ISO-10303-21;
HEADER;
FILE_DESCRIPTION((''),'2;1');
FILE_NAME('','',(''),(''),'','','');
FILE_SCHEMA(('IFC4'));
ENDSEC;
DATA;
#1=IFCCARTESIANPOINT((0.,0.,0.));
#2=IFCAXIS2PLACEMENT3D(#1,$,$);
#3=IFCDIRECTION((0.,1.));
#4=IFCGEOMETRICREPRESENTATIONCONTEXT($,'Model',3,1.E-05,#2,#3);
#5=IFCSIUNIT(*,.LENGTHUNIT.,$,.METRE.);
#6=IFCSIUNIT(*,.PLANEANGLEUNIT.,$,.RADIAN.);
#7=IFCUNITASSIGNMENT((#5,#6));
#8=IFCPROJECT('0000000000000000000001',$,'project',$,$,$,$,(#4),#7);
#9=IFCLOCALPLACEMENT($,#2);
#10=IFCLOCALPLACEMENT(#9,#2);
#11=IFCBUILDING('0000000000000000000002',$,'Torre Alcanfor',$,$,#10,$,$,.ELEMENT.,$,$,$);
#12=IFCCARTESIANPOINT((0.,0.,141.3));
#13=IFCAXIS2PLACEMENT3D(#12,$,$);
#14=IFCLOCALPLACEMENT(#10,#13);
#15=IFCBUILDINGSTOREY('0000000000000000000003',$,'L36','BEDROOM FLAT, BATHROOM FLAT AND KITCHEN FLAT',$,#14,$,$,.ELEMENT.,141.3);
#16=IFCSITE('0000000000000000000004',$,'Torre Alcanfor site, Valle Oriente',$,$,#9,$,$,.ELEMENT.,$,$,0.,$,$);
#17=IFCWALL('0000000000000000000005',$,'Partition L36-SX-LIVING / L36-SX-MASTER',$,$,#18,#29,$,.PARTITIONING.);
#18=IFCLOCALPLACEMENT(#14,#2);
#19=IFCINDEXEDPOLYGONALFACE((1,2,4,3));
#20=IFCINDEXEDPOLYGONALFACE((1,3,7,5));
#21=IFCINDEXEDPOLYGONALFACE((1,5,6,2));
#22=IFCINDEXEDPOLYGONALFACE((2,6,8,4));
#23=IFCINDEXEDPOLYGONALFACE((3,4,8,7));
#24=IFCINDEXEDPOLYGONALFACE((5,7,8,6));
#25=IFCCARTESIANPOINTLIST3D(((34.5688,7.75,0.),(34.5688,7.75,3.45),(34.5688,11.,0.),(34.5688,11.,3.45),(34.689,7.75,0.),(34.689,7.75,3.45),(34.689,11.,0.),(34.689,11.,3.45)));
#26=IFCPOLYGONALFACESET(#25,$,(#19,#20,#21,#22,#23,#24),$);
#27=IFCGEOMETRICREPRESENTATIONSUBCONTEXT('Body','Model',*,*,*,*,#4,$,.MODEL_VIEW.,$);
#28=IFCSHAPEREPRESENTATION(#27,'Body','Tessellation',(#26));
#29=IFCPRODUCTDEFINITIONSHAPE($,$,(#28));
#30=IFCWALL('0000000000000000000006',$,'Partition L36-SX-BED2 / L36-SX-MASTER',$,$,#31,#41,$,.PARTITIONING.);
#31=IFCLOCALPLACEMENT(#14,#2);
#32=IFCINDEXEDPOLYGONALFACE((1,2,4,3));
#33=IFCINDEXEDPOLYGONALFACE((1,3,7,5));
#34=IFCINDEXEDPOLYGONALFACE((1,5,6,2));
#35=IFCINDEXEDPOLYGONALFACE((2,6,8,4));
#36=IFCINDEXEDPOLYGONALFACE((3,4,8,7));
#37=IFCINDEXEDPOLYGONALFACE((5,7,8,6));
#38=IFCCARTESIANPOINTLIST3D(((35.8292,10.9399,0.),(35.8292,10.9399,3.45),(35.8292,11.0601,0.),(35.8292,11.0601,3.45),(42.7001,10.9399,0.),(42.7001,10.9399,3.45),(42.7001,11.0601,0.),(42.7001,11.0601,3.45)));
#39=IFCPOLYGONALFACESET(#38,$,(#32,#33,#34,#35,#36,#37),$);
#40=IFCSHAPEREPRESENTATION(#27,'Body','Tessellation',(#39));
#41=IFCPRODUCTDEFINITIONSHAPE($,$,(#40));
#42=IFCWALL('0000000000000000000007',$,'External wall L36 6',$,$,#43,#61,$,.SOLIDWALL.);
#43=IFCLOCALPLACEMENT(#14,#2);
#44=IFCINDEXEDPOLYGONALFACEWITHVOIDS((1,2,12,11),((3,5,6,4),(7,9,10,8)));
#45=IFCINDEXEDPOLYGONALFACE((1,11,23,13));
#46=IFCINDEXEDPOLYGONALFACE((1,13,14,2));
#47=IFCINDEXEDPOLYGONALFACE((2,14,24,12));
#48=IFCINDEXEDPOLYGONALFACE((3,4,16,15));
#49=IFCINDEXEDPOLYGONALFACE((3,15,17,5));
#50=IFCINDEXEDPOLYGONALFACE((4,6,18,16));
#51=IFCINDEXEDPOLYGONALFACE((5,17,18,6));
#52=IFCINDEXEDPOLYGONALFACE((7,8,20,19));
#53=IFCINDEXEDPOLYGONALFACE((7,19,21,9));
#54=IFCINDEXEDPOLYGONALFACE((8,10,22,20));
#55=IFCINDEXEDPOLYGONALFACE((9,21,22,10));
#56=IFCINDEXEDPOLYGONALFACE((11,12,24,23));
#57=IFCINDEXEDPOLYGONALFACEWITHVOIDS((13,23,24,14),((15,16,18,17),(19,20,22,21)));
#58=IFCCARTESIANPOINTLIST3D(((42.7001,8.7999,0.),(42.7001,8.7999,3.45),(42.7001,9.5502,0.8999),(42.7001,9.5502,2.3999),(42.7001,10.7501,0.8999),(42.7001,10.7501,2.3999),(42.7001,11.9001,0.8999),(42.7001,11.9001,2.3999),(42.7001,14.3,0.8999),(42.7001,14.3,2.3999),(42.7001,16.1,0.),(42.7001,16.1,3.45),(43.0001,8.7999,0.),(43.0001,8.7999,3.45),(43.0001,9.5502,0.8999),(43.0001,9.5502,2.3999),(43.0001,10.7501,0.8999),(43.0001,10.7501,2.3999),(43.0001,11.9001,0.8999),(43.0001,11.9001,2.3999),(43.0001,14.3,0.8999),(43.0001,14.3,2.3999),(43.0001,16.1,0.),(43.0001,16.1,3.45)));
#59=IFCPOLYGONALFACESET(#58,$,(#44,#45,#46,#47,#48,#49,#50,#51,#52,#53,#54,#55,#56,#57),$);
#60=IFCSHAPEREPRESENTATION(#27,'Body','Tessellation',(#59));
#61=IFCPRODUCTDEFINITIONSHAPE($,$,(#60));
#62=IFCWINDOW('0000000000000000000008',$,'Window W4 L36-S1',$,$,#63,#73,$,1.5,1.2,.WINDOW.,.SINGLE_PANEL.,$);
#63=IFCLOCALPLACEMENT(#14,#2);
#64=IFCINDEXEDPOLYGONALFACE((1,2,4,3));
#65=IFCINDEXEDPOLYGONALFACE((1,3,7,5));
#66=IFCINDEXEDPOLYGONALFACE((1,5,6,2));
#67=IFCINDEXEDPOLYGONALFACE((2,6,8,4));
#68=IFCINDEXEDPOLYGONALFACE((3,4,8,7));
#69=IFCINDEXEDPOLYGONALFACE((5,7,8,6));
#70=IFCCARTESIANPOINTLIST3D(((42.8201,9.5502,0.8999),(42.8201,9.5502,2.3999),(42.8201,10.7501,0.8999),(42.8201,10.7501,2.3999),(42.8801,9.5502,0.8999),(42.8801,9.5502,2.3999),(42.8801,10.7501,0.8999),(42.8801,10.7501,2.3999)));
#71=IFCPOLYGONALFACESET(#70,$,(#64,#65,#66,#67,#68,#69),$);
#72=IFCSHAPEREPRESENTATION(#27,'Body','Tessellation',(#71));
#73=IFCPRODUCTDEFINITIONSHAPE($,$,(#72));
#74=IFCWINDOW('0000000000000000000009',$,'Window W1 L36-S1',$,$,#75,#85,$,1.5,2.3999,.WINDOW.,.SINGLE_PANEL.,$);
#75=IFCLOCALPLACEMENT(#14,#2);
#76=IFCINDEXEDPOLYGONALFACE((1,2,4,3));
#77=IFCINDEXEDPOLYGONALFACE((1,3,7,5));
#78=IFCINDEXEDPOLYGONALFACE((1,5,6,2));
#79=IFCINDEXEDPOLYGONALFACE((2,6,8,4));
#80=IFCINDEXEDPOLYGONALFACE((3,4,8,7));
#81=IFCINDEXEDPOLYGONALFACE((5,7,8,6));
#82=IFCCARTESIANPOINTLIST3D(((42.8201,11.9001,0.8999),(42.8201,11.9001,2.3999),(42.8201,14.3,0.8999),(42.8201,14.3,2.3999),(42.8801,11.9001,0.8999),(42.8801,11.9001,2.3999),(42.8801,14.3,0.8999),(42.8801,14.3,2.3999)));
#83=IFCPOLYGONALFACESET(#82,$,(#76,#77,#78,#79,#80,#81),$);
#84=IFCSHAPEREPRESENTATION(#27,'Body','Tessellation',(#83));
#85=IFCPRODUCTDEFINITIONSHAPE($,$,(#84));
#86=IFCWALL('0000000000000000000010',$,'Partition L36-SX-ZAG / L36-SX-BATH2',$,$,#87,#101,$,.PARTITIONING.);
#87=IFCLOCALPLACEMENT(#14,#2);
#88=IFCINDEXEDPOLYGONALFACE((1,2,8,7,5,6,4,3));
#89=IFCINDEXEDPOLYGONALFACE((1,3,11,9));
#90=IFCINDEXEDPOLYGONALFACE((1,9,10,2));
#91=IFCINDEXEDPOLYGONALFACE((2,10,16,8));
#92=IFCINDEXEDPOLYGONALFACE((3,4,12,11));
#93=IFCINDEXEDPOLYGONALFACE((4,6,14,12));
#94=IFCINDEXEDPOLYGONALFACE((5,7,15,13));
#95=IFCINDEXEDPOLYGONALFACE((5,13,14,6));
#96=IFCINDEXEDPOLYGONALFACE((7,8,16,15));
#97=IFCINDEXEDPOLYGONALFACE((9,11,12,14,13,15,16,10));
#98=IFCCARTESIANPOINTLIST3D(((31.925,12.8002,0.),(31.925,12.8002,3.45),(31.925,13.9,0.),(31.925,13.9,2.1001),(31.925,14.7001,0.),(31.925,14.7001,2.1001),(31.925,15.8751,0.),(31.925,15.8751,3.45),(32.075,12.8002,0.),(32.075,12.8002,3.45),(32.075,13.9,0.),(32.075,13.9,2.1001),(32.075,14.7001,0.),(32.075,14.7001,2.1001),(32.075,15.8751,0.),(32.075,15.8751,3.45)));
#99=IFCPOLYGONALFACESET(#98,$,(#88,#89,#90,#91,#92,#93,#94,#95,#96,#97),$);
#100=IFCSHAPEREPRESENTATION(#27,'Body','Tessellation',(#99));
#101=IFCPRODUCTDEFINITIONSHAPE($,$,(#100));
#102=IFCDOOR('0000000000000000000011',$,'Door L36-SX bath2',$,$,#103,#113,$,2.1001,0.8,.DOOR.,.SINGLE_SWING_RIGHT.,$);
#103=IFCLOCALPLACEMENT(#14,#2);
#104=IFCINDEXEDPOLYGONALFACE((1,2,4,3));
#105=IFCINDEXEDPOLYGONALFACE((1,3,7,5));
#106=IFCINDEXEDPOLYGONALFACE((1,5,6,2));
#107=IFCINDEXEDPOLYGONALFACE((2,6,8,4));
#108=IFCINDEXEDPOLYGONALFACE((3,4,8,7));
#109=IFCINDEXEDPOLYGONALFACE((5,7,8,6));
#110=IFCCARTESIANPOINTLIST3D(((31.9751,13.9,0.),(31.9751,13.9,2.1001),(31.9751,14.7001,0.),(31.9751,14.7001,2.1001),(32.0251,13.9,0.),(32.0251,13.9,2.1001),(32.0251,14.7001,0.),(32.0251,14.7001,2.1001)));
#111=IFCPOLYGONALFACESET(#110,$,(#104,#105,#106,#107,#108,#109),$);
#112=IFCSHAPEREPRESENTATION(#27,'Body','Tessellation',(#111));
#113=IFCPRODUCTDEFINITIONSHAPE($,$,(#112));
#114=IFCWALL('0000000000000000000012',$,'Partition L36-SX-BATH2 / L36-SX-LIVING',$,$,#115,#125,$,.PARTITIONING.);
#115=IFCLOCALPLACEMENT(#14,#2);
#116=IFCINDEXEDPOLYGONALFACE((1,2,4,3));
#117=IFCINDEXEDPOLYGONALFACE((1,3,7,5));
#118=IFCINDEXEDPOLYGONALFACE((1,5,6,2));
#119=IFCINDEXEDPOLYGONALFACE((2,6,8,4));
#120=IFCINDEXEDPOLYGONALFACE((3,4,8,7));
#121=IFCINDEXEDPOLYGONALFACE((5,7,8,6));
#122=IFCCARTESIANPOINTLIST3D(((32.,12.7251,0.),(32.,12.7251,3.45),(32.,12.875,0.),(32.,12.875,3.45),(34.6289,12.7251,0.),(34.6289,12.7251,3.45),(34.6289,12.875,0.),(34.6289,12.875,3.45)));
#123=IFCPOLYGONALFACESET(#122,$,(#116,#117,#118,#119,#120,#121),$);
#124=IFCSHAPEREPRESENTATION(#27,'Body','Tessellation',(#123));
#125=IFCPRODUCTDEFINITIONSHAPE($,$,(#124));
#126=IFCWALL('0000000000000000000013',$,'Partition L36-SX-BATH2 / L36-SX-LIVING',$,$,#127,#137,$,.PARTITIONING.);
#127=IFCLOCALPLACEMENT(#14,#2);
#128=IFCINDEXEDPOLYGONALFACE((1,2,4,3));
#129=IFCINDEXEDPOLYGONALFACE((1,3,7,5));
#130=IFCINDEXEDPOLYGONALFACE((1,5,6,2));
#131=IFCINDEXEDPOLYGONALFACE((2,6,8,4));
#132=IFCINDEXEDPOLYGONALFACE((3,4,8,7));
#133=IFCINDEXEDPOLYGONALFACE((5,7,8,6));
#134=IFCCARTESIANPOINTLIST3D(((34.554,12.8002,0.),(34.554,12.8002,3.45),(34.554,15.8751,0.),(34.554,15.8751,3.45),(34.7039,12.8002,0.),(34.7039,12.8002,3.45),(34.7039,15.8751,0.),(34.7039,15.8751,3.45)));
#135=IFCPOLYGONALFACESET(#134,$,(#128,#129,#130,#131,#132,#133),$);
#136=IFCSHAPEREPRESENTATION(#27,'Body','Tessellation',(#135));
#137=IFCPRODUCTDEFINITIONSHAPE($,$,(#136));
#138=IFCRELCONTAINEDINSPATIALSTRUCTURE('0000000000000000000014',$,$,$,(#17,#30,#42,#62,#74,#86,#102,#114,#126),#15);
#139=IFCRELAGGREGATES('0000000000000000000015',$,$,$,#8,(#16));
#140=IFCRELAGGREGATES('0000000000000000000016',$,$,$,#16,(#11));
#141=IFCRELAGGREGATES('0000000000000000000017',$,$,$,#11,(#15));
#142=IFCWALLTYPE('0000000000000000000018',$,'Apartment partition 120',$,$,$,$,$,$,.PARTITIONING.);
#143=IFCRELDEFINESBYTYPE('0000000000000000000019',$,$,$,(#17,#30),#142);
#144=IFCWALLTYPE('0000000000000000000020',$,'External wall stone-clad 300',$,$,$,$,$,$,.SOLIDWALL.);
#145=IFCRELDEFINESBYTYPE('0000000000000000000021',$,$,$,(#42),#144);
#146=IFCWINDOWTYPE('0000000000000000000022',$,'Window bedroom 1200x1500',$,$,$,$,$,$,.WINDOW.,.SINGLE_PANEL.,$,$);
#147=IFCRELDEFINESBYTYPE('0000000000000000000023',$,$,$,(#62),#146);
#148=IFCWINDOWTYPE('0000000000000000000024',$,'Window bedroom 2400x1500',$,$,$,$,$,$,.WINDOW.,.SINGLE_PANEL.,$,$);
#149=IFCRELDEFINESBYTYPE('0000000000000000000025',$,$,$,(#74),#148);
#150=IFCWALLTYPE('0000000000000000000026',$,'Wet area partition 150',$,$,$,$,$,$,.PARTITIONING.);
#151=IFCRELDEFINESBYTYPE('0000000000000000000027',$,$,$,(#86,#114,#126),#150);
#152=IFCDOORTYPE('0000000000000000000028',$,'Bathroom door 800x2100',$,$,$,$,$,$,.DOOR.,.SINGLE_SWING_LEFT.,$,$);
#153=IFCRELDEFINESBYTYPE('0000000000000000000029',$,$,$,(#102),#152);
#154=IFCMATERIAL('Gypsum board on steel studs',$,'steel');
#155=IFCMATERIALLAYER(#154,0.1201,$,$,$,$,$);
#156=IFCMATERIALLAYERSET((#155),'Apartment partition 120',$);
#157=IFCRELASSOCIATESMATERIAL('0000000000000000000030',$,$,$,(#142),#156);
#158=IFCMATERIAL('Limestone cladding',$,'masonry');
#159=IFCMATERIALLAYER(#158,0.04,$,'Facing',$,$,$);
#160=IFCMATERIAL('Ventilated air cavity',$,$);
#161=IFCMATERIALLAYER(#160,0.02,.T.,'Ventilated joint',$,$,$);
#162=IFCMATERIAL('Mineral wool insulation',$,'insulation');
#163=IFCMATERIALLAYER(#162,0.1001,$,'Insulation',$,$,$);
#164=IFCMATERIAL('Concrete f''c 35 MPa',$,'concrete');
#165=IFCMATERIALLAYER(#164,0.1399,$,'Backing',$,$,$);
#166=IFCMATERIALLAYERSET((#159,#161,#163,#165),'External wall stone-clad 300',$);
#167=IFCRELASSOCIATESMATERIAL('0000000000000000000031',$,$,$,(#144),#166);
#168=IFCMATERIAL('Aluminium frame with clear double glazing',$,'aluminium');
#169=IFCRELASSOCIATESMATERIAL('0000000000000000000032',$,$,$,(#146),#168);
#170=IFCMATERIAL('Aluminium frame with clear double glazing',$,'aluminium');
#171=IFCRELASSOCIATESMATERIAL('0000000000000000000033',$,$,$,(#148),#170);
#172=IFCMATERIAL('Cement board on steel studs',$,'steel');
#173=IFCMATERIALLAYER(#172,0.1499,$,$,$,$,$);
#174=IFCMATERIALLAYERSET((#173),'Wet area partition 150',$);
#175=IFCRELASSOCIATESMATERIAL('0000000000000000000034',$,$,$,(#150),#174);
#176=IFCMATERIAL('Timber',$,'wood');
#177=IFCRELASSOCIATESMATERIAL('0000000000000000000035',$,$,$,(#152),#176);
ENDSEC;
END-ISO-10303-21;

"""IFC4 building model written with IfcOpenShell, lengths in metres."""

from ifc_helpers import new_model, si_unit, direction, frame, frame_2d, origin, place, context, subcontext, project, spatial, rectangle, extrude, material, layer, layer_set, type_object, element, fill, save


model = new_model("IFC4")

# Units and contexts
model_context = context("Model", 3, precision=1e-05, world=origin(), true_north=direction((0.0, 1.0)))
body_context = subcontext(model_context, "Body", "Model", "MODEL_VIEW")
ifc_project = project(units=[si_unit("LENGTHUNIT", "METRE"), si_unit("PLANEANGLEUNIT", "RADIAN")], contexts=[model_context])

# Site, building, storey
site_placement = place(None, origin())
site = spatial("IfcSite", under=ifc_project, at=site_placement, Name="Torre Alcanfor site, Valle Oriente", CompositionType="ELEMENT", RefElevation=0.0)
building_placement = place(site_placement, origin())
building = spatial("IfcBuilding", under=site, at=building_placement, Name="Torre Alcanfor", CompositionType="ELEMENT")
storey_placement = place(building_placement, frame((0.0, 0.0, 141.3)))
storey = spatial("IfcBuildingStorey", under=building, at=storey_placement, Name="L36", Description="BEDROOM FLAT, BATHROOM FLAT AND KITCHEN FLAT", CompositionType="ELEMENT", Elevation=141.3)

# Shared definitions
ifc_material_1 = material(Name="Gypsum board on steel studs", Category="steel")
ifc_layer_1 = layer(ifc_material_1, 0.1201)
ifc_layer_set_1 = layer_set([ifc_layer_1], Name="Apartment partition 120")
wall_type_1 = type_object("IfcWallType", Name="Apartment partition 120", PredefinedType="PARTITIONING", material=ifc_layer_set_1)

# Walls
wall_1_placement = place(storey_placement, frame((34.6289, 11.0, 0.0), z_axis=(0.0, 0.0, 1.0), x_axis=(0.0, -1.0, 0.0)))
element("IfcWall", 1, at=wall_1_placement, inside=storey, type_object=wall_type_1, Name="Partition L36-SX-LIVING / L36-SX-MASTER", PredefinedType="PARTITIONING", context=body_context, shape_type="SweptSolid", body=[
    extrude(rectangle(XDim=3.25, YDim=0.1201, at=frame_2d((1.625, 0.0))), origin(), (0.0, 0.0, 1.0), 3.45),
])
wall_2_placement = place(storey_placement, frame((35.8291, 11.0, 0.0), z_axis=(0.0, 0.0, 1.0), x_axis=(1.0, 0.0, 0.0)))
element("IfcWall", 2, at=wall_2_placement, inside=storey, type_object=wall_type_1, Name="Partition L36-SX-BED2 / L36-SX-MASTER", PredefinedType="PARTITIONING", context=body_context, shape_type="SweptSolid", body=[
    extrude(rectangle(XDim=6.8708, YDim=0.1201, at=frame_2d((3.4355, 0.0))), origin(), (0.0, 0.0, 1.0), 3.45),
])

# Wall, openings, windows
ifc_material_2 = material(Name="Limestone cladding", Category="masonry")
ifc_layer_2 = layer(ifc_material_2, 0.04, Name="Facing")
ifc_material_3 = material(Name="Ventilated air cavity")
ifc_layer_3 = layer(ifc_material_3, 0.02, ventilated=True, Name="Ventilated joint")
ifc_material_4 = material(Name="Mineral wool insulation", Category="insulation")
ifc_layer_4 = layer(ifc_material_4, 0.1001, Name="Insulation")
ifc_material_5 = material(Name="Concrete f'c 35 MPa", Category="concrete")
ifc_layer_5 = layer(ifc_material_5, 0.1399, Name="Backing")
ifc_layer_set_2 = layer_set([ifc_layer_2, ifc_layer_3, ifc_layer_4, ifc_layer_5], Name="External wall stone-clad 300")
wall_type_2 = type_object("IfcWallType", Name="External wall stone-clad 300", PredefinedType="SOLIDWALL", material=ifc_layer_set_2)
wall_3_placement = place(storey_placement, frame((42.8501, 8.8, 0.0), z_axis=(0.0, 0.0, 1.0), x_axis=(0.0, 1.0, 0.0)))
wall_3 = element("IfcWall", 3, at=wall_3_placement, inside=storey, type_object=wall_type_2, Name="External wall L36 6", PredefinedType="SOLIDWALL", context=body_context, shape_type="SweptSolid", body=[
    extrude(rectangle(XDim=7.3, YDim=0.3, at=frame_2d((3.6499, 0.0))), origin(), (0.0, 0.0, 1.0), 3.45),
])
opening_1_placement = place(wall_3_placement, frame((3.1001, 0.0, 0.8999)))
opening_1 = element("IfcOpeningElement", 4, at=opening_1_placement, cuts=wall_3, PredefinedType="OPENING", context=body_context, shape_type="SweptSolid", body=[
    extrude(rectangle(XDim=2.3999, YDim=1.5, at=frame_2d((1.2, 0.75))), frame((0.0, 0.1599, 0.0), z_axis=(0.0, -1.0, 0.0), x_axis=(1.0, 0.0, 0.0)), (0.0, 0.0, 1.0), 0.3201),
])
opening_2_placement = place(wall_3_placement, frame((0.75, 0.0, 0.8999)))
opening_2 = element("IfcOpeningElement", 5, at=opening_2_placement, cuts=wall_3, PredefinedType="OPENING", context=body_context, shape_type="SweptSolid", body=[
    extrude(rectangle(XDim=1.2, YDim=1.5, at=frame_2d((0.6001, 0.75))), frame((0.0, 0.1599, 0.0), z_axis=(0.0, -1.0, 0.0), x_axis=(1.0, 0.0, 0.0)), (0.0, 0.0, 1.0), 0.3201),
])
ifc_material_6 = material(Name="Aluminium frame with clear double glazing", Category="aluminium")
window_type_1 = type_object("IfcWindowType", Name="Window bedroom 1200x1500", PartitioningType="SINGLE_PANEL", PredefinedType="WINDOW", material=ifc_material_6)
window_1_placement = place(opening_2_placement, origin())
window_1 = element("IfcWindow", 6, at=window_1_placement, inside=storey, type_object=window_type_1, Name="Window W4 L36-S1", OverallHeight=1.5, OverallWidth=1.2, PartitioningType="SINGLE_PANEL", PredefinedType="WINDOW", context=body_context, shape_type="SweptSolid", body=[
    extrude(rectangle(XDim=1.2, YDim=1.5, at=frame_2d((0.6001, 0.75))), frame((0.0, 0.03, 0.0), z_axis=(0.0, -1.0, 0.0), x_axis=(1.0, 0.0, 0.0)), (0.0, 0.0, 1.0), 0.0601),
])
fill(opening_2, window_1)
ifc_material_7 = material(Name="Aluminium frame with clear double glazing", Category="aluminium")
window_type_2 = type_object("IfcWindowType", Name="Window bedroom 2400x1500", PartitioningType="SINGLE_PANEL", PredefinedType="WINDOW", material=ifc_material_7)
window_2_placement = place(opening_1_placement, origin())
window_2 = element("IfcWindow", 7, at=window_2_placement, inside=storey, type_object=window_type_2, Name="Window W1 L36-S1", OverallHeight=1.5, OverallWidth=2.3999, PartitioningType="SINGLE_PANEL", PredefinedType="WINDOW", context=body_context, shape_type="SweptSolid", body=[
    extrude(rectangle(XDim=2.3999, YDim=1.5, at=frame_2d((1.2, 0.75))), frame((0.0, 0.03, 0.0), z_axis=(0.0, -1.0, 0.0), x_axis=(1.0, 0.0, 0.0)), (0.0, 0.0, 1.0), 0.0601),
])
fill(opening_1, window_2)

# Wall, opening, door
ifc_material_8 = material(Name="Cement board on steel studs", Category="steel")
ifc_layer_6 = layer(ifc_material_8, 0.1499)
ifc_layer_set_3 = layer_set([ifc_layer_6], Name="Wet area partition 150")
wall_type_3 = type_object("IfcWallType", Name="Wet area partition 150", PredefinedType="PARTITIONING", material=ifc_layer_set_3)
wall_4_placement = place(storey_placement, frame((32.0, 12.8, 0.0), z_axis=(0.0, 0.0, 1.0), x_axis=(0.0, 1.0, 0.0)))
wall_4 = element("IfcWall", 8, at=wall_4_placement, inside=storey, type_object=wall_type_3, Name="Partition L36-SX-ZAG / L36-SX-BATH2", PredefinedType="PARTITIONING", context=body_context, shape_type="SweptSolid", body=[
    extrude(rectangle(XDim=3.075, YDim=0.1499, at=frame_2d((1.5376, 0.0))), origin(), (0.0, 0.0, 1.0), 3.45),
])
opening_3_placement = place(wall_4_placement, frame((1.1001, 0.0, 0.0)))
opening_3 = element("IfcOpeningElement", 9, at=opening_3_placement, cuts=wall_4, PredefinedType="OPENING", context=body_context, shape_type="SweptSolid", body=[
    extrude(rectangle(XDim=0.8, YDim=2.1001, at=frame_2d((0.3999, 1.05))), frame((0.0, 0.085, 0.0), z_axis=(0.0, -1.0, 0.0), x_axis=(1.0, 0.0, 0.0)), (0.0, 0.0, 1.0), 0.1699),
])
ifc_material_9 = material(Name="Timber", Category="wood")
door_type_1 = type_object("IfcDoorType", Name="Bathroom door 800x2100", OperationType="SINGLE_SWING_LEFT", PredefinedType="DOOR", material=ifc_material_9)
door_1_placement = place(opening_3_placement, frame((0.8, 0.0, 0.0), z_axis=(0.0, 0.0, 1.0), x_axis=(-1.0, 0.0, 0.0)))
door_1 = element("IfcDoor", 10, at=door_1_placement, inside=storey, type_object=door_type_1, Name="Door L36-SX bath2", OperationType="SINGLE_SWING_RIGHT", OverallHeight=2.1001, OverallWidth=0.8, PredefinedType="DOOR", context=body_context, shape_type="SweptSolid", body=[
    extrude(rectangle(XDim=0.8, YDim=2.1001, at=frame_2d((0.4001, 1.05))), frame((0.0, 0.0251, 0.0), z_axis=(0.0, -1.0, 0.0), x_axis=(1.0, 0.0, 0.0)), (0.0, 0.0, 1.0), 0.05),
])
fill(opening_3, door_1)

# Walls
wall_5_placement = place(storey_placement, frame((32.0, 12.8, 0.0), z_axis=(0.0, 0.0, 1.0), x_axis=(1.0, 0.0, 0.0)))
element("IfcWall", 11, at=wall_5_placement, inside=storey, type_object=wall_type_3, Name="Partition L36-SX-BATH2 / L36-SX-LIVING", PredefinedType="PARTITIONING", context=body_context, shape_type="SweptSolid", body=[
    extrude(rectangle(XDim=2.6289, YDim=0.1499, at=frame_2d((1.3145, 0.0))), origin(), (0.0, 0.0, 1.0), 3.45),
])
wall_6_placement = place(storey_placement, frame((34.6289, 12.8, 0.0), z_axis=(0.0, 0.0, 1.0), x_axis=(0.0, 1.0, 0.0)))
element("IfcWall", 12, at=wall_6_placement, inside=storey, type_object=wall_type_3, Name="Partition L36-SX-BATH2 / L36-SX-LIVING", PredefinedType="PARTITIONING", context=body_context, shape_type="SweptSolid", body=[
    extrude(rectangle(XDim=3.075, YDim=0.1499, at=frame_2d((1.5376, 0.0))), origin(), (0.0, 0.0, 1.0), 3.45),
])

save(model, "model.ifc")
